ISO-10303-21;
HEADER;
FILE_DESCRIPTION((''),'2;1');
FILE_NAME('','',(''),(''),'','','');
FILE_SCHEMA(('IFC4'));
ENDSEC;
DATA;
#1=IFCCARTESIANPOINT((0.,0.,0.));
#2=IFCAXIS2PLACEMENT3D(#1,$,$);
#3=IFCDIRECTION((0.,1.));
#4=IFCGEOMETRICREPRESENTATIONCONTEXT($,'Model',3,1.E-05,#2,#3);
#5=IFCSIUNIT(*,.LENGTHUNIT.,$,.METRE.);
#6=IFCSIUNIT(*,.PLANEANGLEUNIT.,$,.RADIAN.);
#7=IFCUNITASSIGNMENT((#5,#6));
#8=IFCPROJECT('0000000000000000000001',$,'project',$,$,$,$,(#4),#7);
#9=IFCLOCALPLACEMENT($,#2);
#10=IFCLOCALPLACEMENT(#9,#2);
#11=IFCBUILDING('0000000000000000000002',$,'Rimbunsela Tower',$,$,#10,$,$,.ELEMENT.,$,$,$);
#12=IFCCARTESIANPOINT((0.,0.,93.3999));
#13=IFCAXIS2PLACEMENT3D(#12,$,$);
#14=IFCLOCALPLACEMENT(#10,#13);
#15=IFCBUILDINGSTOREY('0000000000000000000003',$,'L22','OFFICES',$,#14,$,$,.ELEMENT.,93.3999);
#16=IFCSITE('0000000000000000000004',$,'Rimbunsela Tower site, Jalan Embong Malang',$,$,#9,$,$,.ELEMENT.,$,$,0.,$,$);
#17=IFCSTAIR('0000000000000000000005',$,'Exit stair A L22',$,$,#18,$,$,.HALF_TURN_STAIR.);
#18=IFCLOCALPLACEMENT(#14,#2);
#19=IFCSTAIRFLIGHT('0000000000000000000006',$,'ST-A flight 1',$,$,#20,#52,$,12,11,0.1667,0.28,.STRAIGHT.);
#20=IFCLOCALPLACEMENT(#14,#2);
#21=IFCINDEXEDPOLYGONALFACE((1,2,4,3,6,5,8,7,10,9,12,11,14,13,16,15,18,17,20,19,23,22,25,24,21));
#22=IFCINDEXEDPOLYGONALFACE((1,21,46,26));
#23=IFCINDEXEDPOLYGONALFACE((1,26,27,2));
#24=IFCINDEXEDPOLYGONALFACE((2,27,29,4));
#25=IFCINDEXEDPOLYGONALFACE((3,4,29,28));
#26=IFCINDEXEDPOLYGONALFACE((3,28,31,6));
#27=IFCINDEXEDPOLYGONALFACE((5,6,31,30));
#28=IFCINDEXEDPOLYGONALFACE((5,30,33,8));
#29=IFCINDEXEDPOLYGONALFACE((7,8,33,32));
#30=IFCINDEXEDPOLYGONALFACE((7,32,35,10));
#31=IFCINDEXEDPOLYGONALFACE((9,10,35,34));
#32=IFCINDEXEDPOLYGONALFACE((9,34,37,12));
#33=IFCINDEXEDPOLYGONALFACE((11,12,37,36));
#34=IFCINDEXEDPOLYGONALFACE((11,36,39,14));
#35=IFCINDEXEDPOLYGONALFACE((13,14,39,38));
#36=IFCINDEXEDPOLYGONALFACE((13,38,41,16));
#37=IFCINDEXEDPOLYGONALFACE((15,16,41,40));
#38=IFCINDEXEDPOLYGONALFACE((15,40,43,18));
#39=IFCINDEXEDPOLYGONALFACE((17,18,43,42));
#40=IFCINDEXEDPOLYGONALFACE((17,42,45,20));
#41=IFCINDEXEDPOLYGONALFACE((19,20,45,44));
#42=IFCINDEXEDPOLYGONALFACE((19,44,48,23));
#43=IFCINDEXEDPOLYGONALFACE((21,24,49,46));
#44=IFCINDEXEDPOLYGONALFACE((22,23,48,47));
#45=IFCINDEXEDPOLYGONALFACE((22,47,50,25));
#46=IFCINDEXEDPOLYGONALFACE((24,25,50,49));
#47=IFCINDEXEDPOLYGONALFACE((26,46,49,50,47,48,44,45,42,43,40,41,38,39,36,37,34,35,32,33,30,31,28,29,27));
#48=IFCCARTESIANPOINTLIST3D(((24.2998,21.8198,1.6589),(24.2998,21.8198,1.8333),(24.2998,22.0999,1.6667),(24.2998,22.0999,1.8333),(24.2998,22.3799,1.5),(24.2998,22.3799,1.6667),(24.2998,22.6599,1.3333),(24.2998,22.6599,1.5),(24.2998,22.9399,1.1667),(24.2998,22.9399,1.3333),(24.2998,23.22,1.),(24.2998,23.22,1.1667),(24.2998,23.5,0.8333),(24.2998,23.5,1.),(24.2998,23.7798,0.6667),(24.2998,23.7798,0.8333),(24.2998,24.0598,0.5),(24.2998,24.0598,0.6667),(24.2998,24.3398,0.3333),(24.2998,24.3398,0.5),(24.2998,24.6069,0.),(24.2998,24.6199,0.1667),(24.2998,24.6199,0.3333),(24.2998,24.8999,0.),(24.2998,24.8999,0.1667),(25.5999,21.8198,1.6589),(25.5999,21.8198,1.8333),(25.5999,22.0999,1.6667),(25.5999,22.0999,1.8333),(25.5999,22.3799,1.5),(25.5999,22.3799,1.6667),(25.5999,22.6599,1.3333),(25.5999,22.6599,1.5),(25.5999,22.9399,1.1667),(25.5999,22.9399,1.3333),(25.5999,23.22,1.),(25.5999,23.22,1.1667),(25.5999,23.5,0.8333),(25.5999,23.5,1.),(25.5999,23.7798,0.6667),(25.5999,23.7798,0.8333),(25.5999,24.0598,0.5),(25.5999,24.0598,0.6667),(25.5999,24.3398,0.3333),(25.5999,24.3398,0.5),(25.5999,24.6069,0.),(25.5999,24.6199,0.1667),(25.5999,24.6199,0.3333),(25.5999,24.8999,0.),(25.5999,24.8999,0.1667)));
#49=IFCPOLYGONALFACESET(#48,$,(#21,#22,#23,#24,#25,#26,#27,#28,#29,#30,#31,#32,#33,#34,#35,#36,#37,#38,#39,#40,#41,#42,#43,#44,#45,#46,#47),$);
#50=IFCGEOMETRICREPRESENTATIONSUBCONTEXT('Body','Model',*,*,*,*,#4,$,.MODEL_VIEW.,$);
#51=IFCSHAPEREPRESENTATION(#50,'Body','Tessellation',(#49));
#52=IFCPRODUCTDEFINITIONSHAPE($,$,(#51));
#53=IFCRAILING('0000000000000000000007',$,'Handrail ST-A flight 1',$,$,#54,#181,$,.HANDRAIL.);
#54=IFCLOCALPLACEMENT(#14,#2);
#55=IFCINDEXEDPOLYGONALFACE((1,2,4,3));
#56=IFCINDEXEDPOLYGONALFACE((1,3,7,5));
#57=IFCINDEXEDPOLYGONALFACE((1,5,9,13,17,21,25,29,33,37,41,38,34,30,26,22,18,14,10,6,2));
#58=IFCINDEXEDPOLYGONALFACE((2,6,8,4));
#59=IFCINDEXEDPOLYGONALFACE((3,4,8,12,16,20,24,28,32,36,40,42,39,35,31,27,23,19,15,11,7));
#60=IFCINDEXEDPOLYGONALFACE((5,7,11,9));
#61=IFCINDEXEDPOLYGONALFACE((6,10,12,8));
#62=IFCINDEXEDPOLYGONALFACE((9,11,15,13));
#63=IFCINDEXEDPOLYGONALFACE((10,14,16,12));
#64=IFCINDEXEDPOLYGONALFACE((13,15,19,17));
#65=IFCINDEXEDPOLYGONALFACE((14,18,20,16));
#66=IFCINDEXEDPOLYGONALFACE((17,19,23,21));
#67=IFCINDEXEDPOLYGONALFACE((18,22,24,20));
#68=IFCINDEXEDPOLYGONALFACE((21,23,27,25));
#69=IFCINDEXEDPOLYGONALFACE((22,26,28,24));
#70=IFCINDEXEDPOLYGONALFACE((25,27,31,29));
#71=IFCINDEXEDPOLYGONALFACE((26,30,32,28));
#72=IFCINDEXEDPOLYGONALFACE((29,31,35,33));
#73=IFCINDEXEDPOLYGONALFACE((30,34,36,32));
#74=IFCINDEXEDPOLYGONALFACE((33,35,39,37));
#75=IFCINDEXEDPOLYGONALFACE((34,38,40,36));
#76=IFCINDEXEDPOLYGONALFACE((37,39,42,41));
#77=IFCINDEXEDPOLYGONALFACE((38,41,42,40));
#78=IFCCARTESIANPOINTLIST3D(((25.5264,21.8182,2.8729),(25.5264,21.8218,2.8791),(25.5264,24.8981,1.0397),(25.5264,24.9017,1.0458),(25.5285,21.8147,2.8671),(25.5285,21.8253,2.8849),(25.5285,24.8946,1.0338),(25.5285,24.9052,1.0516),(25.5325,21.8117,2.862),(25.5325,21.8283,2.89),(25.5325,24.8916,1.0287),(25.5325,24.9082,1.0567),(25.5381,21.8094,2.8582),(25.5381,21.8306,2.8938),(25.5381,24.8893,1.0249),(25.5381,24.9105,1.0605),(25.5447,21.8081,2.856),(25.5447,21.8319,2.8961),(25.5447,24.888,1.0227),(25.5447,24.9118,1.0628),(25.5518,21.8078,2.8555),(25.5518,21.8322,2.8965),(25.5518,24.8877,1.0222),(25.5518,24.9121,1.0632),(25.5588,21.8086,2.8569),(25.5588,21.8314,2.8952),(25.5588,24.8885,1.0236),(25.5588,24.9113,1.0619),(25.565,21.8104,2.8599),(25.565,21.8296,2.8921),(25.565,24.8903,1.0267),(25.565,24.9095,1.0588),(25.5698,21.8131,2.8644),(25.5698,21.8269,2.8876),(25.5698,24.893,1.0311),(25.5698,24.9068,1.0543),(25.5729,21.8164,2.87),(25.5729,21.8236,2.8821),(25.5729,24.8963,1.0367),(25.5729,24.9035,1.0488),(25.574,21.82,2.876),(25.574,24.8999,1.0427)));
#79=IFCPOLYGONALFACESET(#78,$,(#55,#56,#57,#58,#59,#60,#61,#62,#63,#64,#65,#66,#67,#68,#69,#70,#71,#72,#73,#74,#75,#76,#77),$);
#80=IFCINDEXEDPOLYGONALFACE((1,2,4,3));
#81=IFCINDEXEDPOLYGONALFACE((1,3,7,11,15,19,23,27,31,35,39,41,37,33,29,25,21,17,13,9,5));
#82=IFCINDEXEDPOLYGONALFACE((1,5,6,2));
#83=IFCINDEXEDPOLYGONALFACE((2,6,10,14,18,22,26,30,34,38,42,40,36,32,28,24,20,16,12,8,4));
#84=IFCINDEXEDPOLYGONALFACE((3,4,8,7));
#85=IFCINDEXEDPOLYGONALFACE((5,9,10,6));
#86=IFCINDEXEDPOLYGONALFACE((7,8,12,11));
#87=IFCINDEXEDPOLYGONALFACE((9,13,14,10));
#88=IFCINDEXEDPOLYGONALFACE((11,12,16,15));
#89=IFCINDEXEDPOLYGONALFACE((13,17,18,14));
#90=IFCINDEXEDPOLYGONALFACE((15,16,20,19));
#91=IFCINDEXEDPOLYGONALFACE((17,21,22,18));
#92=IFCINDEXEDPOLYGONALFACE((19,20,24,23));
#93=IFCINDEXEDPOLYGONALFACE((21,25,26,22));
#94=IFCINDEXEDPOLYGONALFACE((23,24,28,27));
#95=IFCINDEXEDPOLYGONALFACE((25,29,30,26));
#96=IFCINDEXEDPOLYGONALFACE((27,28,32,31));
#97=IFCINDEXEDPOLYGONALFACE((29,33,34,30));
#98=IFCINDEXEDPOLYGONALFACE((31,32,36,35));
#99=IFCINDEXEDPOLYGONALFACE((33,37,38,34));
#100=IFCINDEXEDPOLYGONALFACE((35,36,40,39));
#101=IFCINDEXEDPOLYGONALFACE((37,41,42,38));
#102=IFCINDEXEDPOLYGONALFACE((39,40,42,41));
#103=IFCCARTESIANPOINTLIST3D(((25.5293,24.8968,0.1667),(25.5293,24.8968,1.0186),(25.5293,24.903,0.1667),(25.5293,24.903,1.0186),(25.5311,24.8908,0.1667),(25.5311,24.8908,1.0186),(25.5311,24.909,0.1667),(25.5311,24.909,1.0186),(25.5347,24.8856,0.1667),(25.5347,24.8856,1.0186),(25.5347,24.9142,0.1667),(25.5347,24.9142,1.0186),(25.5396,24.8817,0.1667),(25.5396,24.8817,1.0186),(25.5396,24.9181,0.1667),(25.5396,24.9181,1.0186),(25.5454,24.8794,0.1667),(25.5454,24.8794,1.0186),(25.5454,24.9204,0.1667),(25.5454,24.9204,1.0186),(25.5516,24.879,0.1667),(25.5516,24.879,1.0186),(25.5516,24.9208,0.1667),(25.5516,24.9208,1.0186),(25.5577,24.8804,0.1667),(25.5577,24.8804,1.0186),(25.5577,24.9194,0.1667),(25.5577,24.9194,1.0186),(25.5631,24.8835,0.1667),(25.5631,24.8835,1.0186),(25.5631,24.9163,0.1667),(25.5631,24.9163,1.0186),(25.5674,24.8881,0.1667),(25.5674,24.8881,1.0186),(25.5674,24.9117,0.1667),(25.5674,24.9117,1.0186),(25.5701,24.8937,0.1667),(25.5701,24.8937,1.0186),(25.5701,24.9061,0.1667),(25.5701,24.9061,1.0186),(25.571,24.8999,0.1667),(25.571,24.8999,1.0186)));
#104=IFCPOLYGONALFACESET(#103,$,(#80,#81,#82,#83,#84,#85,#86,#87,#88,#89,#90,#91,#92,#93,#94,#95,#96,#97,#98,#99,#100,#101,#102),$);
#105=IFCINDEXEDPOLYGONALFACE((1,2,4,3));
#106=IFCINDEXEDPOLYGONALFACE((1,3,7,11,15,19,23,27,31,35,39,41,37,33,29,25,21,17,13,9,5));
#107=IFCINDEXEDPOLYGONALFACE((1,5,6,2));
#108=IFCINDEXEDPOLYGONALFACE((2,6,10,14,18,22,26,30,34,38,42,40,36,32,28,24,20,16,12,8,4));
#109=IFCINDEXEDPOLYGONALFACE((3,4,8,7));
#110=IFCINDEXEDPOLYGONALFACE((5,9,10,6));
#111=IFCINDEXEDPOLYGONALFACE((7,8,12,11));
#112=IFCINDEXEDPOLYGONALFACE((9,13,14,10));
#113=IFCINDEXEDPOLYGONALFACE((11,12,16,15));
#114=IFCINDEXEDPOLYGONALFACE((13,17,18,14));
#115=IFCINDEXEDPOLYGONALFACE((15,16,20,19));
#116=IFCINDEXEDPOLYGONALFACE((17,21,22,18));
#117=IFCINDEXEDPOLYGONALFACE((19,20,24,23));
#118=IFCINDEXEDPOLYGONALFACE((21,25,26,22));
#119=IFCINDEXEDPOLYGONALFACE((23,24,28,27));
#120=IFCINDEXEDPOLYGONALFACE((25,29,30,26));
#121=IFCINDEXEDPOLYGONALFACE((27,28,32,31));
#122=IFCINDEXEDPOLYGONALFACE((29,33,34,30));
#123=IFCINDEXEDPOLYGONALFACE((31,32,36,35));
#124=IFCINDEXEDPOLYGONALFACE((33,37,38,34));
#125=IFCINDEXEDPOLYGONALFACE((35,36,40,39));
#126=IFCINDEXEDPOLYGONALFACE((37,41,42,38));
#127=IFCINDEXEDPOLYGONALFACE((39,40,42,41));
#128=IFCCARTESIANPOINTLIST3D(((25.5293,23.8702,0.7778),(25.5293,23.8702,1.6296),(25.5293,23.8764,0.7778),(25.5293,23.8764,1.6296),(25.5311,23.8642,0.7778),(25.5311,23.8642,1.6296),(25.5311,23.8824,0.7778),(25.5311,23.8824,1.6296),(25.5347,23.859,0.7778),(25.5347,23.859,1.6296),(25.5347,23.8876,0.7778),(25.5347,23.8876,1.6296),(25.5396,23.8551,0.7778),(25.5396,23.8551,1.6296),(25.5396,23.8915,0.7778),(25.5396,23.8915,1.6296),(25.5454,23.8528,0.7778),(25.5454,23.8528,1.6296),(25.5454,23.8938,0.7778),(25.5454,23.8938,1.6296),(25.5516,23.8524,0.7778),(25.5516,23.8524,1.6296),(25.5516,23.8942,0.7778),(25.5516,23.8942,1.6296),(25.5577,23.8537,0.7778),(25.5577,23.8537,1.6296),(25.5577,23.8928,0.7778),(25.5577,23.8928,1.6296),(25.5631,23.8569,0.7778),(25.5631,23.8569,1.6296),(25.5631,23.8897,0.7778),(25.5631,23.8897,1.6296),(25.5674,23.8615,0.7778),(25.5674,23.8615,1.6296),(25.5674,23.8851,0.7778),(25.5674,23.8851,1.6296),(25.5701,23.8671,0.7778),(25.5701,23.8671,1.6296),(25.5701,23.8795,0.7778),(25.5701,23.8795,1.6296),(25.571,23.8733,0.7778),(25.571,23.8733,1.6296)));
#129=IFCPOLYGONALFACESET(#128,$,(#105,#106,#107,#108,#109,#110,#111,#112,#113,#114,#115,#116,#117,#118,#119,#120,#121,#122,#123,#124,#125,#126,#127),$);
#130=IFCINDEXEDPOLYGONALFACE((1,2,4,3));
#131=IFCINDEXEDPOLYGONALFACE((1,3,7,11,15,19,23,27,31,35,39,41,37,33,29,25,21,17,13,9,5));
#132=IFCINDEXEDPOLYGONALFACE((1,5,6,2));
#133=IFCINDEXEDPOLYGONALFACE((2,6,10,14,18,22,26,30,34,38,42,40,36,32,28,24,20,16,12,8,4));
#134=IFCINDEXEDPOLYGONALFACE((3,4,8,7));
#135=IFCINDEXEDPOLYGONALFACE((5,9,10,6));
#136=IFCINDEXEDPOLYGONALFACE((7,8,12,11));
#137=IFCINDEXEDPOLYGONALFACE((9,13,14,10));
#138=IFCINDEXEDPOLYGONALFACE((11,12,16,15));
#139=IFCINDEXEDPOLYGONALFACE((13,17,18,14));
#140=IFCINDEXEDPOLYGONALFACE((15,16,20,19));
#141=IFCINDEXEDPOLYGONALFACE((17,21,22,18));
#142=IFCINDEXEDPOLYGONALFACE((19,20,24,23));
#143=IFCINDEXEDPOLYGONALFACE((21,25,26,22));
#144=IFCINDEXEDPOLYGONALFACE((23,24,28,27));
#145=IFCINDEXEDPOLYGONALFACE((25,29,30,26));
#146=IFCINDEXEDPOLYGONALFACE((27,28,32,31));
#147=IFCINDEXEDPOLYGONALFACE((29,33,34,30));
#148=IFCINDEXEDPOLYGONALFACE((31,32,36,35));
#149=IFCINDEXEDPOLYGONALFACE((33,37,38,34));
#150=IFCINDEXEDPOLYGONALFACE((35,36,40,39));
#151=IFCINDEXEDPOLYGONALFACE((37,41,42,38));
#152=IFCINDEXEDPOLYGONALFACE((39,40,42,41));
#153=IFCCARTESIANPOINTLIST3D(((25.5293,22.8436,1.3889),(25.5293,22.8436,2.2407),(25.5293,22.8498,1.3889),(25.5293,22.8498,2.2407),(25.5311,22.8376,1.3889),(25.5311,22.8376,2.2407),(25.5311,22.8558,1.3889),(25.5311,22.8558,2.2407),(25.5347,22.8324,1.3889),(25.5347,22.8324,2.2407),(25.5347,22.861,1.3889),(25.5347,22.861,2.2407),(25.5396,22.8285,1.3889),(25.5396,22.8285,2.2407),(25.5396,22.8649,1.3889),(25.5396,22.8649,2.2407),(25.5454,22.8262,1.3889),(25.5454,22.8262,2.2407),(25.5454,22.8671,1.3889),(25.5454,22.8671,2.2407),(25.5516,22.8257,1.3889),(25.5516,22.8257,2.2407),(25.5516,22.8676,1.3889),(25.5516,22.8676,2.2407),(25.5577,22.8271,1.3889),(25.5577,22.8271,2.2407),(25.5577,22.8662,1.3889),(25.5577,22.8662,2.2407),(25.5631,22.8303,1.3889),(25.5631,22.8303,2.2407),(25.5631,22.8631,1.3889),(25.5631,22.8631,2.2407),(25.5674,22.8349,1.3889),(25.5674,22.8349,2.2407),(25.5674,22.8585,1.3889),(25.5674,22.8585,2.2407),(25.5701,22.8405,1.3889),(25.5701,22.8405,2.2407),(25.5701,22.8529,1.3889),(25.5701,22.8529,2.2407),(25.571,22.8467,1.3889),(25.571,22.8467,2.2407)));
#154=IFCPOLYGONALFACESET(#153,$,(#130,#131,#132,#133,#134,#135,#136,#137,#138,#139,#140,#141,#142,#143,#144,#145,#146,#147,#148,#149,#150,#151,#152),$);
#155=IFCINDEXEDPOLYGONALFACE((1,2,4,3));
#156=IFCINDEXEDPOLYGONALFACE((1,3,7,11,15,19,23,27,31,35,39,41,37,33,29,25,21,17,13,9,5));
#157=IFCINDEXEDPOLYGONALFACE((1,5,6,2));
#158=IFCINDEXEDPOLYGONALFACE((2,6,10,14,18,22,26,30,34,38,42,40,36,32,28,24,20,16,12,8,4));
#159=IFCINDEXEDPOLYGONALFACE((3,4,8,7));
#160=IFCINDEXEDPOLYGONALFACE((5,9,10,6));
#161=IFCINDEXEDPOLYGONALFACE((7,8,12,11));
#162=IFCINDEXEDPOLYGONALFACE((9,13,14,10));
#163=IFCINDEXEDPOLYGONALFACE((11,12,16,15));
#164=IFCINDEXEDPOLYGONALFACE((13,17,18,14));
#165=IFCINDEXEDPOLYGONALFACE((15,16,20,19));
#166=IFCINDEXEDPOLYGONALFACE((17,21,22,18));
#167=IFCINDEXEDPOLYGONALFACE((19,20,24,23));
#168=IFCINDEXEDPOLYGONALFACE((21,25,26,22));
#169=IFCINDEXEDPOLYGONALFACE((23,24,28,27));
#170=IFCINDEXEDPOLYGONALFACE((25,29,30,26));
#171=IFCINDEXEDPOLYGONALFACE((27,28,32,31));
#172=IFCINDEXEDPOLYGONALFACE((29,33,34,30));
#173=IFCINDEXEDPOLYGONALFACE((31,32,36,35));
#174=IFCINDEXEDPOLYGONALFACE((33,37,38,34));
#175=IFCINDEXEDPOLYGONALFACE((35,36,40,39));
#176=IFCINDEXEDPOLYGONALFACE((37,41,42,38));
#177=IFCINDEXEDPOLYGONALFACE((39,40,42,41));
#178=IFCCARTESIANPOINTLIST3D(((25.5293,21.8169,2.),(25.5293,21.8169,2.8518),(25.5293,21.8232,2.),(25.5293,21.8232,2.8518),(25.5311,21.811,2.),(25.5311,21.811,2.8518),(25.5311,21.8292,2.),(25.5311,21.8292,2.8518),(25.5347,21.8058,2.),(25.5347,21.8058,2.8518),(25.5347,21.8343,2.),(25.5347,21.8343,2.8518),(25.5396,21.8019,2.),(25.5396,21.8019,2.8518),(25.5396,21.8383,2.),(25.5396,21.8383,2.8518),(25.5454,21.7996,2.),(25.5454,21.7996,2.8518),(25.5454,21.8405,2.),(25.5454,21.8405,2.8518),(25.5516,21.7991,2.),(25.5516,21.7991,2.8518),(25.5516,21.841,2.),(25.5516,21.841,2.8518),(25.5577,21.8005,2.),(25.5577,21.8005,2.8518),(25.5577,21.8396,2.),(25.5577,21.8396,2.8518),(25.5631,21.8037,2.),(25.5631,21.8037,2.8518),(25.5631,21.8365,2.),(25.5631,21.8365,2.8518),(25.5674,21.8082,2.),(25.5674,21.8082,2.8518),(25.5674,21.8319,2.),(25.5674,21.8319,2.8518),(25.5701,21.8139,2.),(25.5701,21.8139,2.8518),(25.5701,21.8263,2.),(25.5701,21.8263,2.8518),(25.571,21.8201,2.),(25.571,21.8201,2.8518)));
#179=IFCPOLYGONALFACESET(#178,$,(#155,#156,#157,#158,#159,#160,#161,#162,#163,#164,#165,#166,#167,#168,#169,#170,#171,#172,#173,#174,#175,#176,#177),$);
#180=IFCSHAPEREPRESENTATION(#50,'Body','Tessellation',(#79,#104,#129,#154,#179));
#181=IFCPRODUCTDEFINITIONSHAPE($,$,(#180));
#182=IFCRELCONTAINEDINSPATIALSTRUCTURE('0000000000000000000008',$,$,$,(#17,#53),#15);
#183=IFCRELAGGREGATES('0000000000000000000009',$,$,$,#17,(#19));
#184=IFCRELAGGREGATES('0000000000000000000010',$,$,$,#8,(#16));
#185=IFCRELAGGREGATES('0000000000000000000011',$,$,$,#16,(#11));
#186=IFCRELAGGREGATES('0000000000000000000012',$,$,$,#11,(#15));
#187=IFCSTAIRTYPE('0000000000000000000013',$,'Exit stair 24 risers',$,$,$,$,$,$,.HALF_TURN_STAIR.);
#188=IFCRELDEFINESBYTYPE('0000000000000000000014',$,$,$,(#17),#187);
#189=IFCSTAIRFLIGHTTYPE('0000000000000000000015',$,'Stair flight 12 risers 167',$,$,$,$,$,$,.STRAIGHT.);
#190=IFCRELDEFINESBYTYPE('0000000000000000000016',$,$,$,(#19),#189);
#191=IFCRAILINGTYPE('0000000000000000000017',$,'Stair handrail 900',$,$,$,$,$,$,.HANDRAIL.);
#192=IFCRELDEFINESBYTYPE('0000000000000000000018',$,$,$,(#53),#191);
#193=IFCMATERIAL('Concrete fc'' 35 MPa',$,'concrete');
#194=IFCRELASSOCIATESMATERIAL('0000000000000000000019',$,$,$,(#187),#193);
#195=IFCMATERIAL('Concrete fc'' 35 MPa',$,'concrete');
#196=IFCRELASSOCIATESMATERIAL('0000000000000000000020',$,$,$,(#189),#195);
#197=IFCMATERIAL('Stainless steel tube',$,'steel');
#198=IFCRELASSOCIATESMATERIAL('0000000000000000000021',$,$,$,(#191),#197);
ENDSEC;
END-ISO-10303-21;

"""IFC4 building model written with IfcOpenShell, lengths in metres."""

from ifc_helpers import new_model, si_unit, direction, frame, origin, origin_2d, place, context, subcontext, project, spatial, polyline, circle, outline, extrude, material, type_object, element, aggregate, save


model = new_model("IFC4")

# Units and contexts
model_context = context("Model", 3, precision=1e-05, world=origin(), true_north=direction((0.0, 1.0)))
body_context = subcontext(model_context, "Body", "Model", "MODEL_VIEW")
ifc_project = project(units=[si_unit("LENGTHUNIT", "METRE"), si_unit("PLANEANGLEUNIT", "RADIAN")], contexts=[model_context])

# Site, building, storey
site_placement = place(None, origin())
site = spatial("IfcSite", under=ifc_project, at=site_placement, Name="Rimbunsela Tower site, Jalan Embong Malang", CompositionType="ELEMENT", RefElevation=0.0)
building_placement = place(site_placement, origin())
building = spatial("IfcBuilding", under=site, at=building_placement, Name="Rimbunsela Tower", CompositionType="ELEMENT")
storey_placement = place(building_placement, frame((0.0, 0.0, 93.3999)))
storey = spatial("IfcBuildingStorey", under=building, at=storey_placement, Name="L22", Description="OFFICES", CompositionType="ELEMENT", Elevation=93.3999)

# Stair, stair flight
ifc_material_1 = material(Name="Concrete fc' 35 MPa", Category="concrete")
stair_type = type_object("IfcStairType", Name="Exit stair 24 risers", PredefinedType="HALF_TURN_STAIR", material=ifc_material_1)
stair_placement = place(storey_placement, origin())
stair = element("IfcStair", 1, at=stair_placement, inside=storey, type_object=stair_type, Name="Exit stair A L22", PredefinedType="HALF_TURN_STAIR")
ifc_material_2 = material(Name="Concrete fc' 35 MPa", Category="concrete")
stair_flight_type = type_object("IfcStairFlightType", Name="Stair flight 12 risers 167", PredefinedType="STRAIGHT", material=ifc_material_2)
stair_flight_placement = place(storey_placement, frame((24.95, 24.8999, 0.0), z_axis=(0.0, 0.0, 1.0), x_axis=(0.0, -1.0, 0.0)))
stair_flight = element("IfcStairFlight", 2, at=stair_flight_placement, type_object=stair_flight_type, Name="ST-A flight 1", NumberOfRisers=12, NumberOfTreads=11, PredefinedType="STRAIGHT", RiserHeight=0.1667, TreadLength=0.28, context=body_context, shape_type="SweptSolid", body=[
    extrude(outline(polyline([(0.0, 0.0), (0.0, 0.1667), (0.28, 0.1667), (0.28, 0.3333), (0.5601, 0.3333), (0.5601, 0.5), (0.8401, 0.5), (0.8401, 0.6667), (1.1201, 0.6667), (1.1201, 0.8333), (1.3999, 0.8333), (1.3999, 1.0), (1.6799, 1.0), (1.6799, 1.1667), (1.96, 1.1667), (1.96, 1.3333), (2.24, 1.3333), (2.24, 1.5), (2.52, 1.5), (2.52, 1.6667), (2.8, 1.6667), (2.8, 1.8333), (3.0801, 1.8333), (3.0801, 2.0), (3.0801, 1.6589), (0.293, 0.0), (0.0, 0.0)])), frame((0.0, 0.6499, 0.0), z_axis=(0.0, -1.0, 0.0), x_axis=(1.0, 0.0, 0.0)), (0.0, 0.0, 1.0), 1.3),
])
aggregate(stair, [stair_flight])

# Railing
ifc_material_3 = material(Name="Stainless steel tube", Category="steel")
railing_type = type_object("IfcRailingType", Name="Stair handrail 900", PredefinedType="HANDRAIL", material=ifc_material_3)
railing_placement = place(storey_placement, frame((25.55, 24.8999, 0.1667)))
element("IfcRailing", 3, at=railing_placement, inside=storey, type_object=railing_type, Name="Handrail ST-A flight 1", PredefinedType="HANDRAIL", context=body_context, shape_type="SweptSolid", body=[
    extrude(circle(Radius=0.0239, at=origin_2d()), frame((0.0, 0.0, 0.876), z_axis=(0.0, -0.859291, 0.511487), x_axis=(1.0, 0.0, 0.0)), (0.0, 0.0, 1.0), 3.5842),
    extrude(circle(Radius=0.021, at=origin_2d()), origin(), (0.0, 0.0, 1.0), 0.8518),
    extrude(circle(Radius=0.021, at=origin_2d()), frame((0.0, -1.0266, 0.6111)), (0.0, 0.0, 1.0), 0.8518),
    extrude(circle(Radius=0.021, at=origin_2d()), frame((0.0, -2.0532, 1.2222)), (0.0, 0.0, 1.0), 0.8518),
    extrude(circle(Radius=0.021, at=origin_2d()), frame((0.0, -3.0798, 1.8333)), (0.0, 0.0, 1.0), 0.8518),
])

save(model, "model.ifc")
